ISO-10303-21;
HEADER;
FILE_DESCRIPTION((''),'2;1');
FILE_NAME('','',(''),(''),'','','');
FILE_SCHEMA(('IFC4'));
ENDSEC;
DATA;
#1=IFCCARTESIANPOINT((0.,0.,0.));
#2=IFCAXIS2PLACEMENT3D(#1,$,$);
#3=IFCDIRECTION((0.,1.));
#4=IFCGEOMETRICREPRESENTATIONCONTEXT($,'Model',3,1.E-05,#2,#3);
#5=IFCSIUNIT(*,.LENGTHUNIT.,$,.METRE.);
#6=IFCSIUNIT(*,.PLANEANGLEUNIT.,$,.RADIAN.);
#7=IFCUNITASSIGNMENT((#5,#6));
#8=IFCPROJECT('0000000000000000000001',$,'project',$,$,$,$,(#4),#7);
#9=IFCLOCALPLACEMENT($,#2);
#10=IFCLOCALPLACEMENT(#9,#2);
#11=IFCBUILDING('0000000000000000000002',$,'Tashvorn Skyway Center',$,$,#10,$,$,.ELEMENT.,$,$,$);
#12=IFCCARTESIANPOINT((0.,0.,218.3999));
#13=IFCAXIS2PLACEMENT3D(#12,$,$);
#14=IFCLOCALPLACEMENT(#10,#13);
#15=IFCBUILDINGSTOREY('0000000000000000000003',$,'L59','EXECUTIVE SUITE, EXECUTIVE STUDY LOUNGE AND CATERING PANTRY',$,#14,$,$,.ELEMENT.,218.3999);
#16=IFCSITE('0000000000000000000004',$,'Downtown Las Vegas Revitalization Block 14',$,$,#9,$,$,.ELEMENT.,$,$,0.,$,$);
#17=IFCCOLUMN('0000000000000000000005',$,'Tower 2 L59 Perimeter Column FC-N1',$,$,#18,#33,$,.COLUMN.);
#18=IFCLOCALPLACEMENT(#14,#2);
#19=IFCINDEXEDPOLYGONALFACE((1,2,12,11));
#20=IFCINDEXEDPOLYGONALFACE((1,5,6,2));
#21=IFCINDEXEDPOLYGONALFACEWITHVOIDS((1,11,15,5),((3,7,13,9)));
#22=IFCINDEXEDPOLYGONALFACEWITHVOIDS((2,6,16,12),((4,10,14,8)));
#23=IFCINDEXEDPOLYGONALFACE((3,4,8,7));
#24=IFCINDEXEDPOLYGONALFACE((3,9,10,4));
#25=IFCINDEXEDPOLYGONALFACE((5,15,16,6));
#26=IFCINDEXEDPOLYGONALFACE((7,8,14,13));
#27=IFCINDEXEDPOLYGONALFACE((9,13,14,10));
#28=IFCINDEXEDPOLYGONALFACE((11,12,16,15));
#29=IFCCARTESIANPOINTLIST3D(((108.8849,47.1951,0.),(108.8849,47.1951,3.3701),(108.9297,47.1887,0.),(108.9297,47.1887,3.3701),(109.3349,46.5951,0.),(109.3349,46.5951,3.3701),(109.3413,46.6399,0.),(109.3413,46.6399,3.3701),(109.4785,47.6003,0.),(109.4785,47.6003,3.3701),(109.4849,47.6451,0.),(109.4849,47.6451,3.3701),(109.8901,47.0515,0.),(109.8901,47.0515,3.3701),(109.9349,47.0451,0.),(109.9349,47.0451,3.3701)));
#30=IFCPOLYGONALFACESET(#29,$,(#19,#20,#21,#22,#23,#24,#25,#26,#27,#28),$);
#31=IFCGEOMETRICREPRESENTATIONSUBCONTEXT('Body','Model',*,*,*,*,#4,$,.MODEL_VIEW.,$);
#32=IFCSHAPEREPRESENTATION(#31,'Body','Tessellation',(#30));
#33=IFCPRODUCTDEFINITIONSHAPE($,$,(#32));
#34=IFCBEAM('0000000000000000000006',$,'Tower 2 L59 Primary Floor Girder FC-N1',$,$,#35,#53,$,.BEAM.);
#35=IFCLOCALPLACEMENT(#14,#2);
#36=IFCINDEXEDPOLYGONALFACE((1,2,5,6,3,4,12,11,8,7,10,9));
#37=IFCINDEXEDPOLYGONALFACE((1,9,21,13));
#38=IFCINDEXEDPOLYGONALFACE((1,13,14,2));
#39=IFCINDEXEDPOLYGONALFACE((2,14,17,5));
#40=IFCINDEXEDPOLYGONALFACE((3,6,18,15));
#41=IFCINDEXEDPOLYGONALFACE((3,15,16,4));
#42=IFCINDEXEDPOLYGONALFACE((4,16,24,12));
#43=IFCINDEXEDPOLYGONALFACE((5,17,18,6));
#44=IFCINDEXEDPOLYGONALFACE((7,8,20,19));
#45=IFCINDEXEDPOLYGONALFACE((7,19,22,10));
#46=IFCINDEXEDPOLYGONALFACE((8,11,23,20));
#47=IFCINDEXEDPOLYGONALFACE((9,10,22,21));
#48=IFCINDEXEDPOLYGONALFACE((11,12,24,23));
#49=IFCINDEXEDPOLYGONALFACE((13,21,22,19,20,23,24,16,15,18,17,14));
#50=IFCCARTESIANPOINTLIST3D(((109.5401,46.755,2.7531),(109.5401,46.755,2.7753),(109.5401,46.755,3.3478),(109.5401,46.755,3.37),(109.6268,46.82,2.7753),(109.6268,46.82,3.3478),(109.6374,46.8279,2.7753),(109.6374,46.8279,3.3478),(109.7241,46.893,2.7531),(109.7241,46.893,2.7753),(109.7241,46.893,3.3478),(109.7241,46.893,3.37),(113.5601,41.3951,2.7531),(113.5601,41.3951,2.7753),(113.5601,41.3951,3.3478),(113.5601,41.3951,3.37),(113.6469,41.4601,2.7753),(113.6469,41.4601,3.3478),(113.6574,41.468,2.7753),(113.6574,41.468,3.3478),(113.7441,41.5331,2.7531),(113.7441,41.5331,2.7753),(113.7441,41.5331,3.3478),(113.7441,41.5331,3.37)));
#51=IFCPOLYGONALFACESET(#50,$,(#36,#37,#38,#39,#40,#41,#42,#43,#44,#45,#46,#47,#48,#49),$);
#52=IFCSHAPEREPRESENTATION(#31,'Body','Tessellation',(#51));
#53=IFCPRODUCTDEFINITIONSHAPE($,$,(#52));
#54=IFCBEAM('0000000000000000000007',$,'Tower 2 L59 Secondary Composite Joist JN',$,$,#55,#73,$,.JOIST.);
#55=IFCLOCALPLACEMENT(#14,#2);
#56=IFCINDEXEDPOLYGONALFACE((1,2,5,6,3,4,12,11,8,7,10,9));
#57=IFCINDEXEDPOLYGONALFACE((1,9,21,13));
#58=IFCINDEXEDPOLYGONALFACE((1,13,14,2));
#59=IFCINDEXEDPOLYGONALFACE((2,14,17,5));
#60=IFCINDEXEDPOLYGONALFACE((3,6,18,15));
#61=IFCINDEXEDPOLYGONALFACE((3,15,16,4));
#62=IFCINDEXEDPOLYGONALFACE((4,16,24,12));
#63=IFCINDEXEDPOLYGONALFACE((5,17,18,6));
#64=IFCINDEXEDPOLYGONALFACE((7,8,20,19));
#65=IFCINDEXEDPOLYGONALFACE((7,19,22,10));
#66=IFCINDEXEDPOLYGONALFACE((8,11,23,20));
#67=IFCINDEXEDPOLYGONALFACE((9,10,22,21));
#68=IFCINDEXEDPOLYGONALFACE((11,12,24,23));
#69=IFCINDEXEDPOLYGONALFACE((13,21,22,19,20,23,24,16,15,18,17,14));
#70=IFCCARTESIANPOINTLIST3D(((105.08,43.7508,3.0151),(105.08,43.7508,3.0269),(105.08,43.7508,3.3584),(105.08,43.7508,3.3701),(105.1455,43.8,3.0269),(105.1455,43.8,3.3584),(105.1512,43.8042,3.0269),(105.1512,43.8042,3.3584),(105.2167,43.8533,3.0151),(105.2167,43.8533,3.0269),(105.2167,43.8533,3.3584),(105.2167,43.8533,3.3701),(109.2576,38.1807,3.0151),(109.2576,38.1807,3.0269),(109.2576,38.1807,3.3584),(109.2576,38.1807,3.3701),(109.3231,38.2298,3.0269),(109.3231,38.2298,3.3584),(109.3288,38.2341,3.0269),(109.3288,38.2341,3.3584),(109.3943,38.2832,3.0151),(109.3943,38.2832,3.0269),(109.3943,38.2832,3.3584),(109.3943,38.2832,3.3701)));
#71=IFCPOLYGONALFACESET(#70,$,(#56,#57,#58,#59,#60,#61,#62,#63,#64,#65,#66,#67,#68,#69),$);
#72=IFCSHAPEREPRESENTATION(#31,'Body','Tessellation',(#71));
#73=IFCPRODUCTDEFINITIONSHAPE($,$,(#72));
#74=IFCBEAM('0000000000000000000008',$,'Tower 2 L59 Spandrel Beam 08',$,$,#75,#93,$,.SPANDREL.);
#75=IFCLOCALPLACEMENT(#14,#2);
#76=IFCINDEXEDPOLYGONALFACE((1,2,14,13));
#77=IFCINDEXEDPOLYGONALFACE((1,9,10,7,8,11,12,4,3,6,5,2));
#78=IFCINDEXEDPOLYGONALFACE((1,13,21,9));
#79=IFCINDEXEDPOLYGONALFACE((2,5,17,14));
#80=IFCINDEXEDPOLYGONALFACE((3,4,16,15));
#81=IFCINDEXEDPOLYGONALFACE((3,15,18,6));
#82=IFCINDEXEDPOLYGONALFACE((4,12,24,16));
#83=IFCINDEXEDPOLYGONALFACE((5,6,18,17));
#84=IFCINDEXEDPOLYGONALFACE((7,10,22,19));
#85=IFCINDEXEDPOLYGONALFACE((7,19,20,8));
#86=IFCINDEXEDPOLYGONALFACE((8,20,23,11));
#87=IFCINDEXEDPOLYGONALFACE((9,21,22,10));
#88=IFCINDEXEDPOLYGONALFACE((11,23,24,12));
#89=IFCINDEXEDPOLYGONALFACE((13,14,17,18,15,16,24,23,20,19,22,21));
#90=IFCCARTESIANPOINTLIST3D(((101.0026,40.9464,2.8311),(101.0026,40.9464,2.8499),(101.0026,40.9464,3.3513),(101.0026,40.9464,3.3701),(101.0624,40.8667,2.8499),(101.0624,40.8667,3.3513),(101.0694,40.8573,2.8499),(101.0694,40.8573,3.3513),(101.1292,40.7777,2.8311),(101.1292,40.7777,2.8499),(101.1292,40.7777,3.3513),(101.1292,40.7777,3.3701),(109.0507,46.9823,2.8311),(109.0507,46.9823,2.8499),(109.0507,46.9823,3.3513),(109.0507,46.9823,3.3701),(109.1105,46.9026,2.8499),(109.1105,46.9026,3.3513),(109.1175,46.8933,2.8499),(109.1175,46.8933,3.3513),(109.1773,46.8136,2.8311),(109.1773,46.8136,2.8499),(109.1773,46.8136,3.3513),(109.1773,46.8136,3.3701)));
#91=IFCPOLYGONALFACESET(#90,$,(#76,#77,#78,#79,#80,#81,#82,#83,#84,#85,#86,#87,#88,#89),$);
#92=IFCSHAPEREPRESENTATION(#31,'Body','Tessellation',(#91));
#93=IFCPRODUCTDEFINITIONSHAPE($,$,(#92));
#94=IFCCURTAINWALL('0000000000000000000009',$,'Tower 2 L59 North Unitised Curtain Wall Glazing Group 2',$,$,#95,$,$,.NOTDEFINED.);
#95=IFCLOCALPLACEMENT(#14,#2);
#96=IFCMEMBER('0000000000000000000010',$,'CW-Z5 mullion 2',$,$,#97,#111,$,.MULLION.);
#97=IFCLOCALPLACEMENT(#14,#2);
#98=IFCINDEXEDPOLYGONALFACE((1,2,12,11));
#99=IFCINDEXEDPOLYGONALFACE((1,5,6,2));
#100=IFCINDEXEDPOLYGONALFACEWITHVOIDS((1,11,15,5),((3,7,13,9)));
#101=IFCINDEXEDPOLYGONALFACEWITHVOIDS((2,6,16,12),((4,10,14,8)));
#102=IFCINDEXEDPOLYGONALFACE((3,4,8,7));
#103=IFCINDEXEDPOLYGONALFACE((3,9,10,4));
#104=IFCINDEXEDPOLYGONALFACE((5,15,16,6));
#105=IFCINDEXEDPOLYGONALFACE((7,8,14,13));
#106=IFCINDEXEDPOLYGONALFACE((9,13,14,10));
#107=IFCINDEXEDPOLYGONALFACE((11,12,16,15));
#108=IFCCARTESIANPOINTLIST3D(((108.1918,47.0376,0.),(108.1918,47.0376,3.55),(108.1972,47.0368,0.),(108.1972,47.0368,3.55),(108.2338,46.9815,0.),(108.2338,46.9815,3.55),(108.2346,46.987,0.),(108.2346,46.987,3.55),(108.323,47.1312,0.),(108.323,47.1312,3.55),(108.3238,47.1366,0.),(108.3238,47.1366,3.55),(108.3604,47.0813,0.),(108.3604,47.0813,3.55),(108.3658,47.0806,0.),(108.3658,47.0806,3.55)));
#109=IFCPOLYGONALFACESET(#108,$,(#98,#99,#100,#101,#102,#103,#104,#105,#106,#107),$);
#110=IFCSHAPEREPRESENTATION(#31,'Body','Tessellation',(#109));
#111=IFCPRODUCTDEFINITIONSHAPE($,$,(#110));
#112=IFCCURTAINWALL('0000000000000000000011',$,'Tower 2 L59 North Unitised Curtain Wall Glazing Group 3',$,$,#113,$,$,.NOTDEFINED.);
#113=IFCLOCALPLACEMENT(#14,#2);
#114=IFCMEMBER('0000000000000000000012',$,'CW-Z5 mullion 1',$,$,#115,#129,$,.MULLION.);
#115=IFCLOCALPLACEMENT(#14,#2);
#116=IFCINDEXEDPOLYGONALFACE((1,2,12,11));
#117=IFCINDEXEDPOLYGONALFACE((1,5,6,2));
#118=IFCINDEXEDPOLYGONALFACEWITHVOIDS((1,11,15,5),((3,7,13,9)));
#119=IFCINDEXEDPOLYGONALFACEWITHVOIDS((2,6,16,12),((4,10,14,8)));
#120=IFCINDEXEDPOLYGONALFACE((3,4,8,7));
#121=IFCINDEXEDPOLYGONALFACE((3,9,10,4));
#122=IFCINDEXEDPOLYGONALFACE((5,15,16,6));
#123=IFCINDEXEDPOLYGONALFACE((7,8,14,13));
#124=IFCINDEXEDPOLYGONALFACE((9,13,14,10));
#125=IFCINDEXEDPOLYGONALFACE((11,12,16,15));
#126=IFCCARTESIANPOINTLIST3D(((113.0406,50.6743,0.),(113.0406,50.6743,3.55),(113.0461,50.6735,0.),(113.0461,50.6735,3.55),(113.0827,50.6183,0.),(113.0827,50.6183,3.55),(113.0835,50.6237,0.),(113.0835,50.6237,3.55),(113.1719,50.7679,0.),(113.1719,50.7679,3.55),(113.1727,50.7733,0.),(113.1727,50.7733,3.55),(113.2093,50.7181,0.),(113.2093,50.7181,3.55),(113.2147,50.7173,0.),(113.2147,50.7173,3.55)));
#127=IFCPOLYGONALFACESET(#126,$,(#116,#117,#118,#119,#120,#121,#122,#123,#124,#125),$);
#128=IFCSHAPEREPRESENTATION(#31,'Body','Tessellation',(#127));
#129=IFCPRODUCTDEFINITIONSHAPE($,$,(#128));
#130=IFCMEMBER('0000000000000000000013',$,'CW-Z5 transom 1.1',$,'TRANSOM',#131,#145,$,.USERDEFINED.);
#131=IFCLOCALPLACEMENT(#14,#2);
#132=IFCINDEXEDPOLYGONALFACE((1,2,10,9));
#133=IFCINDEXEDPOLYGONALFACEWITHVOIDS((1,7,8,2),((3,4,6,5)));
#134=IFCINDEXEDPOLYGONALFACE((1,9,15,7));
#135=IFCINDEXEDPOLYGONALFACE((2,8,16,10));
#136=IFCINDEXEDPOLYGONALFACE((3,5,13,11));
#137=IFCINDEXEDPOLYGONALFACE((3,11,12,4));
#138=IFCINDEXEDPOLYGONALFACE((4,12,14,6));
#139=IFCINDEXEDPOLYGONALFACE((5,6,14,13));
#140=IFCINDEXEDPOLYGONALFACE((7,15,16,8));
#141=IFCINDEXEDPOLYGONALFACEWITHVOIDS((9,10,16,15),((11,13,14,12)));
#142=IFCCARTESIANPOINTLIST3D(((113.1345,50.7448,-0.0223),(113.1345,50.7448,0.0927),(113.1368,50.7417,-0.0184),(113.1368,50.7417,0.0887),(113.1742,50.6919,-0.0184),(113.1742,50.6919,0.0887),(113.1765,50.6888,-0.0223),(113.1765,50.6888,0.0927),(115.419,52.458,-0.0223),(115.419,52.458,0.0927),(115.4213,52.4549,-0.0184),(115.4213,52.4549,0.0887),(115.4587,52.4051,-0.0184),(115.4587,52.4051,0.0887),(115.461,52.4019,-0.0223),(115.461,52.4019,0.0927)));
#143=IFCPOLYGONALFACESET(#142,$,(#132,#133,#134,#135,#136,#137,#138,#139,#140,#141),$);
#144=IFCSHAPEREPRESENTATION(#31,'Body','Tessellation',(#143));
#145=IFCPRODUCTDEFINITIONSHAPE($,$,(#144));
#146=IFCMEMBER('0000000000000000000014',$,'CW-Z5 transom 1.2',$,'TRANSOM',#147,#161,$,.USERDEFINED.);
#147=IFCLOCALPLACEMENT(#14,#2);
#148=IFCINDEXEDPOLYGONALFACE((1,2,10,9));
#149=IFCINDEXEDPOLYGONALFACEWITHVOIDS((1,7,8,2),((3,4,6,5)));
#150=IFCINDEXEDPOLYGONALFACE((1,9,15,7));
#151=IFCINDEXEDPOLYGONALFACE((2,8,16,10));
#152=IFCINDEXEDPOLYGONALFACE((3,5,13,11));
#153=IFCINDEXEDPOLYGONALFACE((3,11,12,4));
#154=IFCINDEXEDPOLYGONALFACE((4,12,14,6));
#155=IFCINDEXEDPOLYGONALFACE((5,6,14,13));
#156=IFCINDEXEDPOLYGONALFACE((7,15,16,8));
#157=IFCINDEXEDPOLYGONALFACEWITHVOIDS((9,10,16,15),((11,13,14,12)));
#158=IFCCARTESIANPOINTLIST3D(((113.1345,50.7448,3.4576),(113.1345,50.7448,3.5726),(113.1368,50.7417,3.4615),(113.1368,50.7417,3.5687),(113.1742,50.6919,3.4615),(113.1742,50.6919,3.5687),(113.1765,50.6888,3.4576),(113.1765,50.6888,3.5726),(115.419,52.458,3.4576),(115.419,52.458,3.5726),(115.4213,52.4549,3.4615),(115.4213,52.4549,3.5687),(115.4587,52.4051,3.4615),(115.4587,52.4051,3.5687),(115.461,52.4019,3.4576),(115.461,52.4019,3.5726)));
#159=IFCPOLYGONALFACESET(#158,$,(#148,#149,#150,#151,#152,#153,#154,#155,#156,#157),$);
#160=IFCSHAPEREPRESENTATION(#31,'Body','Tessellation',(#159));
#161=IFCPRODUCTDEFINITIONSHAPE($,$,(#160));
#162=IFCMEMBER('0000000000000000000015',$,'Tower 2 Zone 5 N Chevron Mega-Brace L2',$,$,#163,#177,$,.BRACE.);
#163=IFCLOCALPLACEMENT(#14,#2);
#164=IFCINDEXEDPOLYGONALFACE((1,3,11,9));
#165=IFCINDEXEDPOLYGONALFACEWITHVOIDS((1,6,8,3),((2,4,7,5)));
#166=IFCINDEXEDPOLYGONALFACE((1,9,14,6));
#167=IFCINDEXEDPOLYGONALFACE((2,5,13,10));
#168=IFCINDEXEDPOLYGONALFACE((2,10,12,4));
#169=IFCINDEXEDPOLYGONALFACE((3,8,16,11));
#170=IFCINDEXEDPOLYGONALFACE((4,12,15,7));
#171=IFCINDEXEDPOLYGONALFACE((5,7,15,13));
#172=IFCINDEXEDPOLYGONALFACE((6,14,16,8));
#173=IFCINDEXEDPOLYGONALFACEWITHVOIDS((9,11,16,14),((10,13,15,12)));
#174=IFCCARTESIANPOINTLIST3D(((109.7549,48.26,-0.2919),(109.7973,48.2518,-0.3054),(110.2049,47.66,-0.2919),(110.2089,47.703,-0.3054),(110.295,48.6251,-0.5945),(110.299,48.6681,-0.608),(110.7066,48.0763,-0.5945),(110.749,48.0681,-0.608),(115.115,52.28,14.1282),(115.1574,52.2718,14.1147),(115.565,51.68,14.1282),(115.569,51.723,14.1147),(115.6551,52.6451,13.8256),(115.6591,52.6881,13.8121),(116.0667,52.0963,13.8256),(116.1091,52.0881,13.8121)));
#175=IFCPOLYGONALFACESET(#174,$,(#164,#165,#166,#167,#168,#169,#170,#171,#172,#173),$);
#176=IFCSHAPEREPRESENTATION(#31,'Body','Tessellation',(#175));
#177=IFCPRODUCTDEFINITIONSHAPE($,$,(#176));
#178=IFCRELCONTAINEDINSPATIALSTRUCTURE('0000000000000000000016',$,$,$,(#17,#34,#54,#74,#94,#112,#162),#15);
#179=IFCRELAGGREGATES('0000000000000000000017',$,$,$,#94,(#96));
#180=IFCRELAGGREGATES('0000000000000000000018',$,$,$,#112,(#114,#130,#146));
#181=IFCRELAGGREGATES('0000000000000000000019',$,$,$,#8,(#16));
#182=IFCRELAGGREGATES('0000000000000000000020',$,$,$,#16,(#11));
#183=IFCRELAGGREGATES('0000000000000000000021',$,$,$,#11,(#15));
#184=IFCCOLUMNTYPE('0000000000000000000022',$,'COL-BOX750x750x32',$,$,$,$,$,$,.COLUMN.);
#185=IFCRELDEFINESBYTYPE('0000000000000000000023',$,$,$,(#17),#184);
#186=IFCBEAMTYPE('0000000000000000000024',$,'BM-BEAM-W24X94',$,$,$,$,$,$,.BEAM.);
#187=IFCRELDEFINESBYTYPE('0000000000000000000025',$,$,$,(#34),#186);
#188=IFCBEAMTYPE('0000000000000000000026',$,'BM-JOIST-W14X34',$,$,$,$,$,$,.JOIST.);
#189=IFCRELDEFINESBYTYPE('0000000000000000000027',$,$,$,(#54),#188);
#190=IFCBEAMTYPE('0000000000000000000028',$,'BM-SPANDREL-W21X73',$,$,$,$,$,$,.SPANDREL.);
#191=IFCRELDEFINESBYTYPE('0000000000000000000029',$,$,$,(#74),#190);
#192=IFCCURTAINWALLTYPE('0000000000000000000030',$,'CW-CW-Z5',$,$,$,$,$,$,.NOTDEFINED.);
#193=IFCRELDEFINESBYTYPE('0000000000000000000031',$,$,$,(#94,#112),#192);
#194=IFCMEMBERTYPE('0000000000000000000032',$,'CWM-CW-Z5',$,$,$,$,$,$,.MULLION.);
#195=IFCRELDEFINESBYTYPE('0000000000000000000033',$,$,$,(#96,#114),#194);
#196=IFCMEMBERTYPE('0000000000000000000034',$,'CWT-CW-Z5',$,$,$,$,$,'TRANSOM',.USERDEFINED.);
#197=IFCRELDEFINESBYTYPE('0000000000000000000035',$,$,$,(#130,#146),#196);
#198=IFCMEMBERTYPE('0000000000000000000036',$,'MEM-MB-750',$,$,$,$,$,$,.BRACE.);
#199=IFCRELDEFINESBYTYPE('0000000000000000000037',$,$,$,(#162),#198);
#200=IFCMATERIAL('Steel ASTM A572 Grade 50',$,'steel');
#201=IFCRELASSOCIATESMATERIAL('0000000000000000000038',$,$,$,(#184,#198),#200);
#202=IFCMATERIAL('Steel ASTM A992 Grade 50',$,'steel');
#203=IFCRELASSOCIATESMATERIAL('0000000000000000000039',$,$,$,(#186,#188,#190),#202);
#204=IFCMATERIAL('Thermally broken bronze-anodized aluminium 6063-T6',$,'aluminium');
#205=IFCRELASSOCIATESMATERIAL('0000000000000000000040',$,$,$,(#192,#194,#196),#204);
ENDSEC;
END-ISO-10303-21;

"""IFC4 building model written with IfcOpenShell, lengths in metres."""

from ifc_helpers import new_model, si_unit, direction, frame, origin, origin_2d, place, context, subcontext, project, spatial, hollow_rectangle, i_section, extrude, material, material_profile, profile_set, type_object, element, aggregate, save


model = new_model("IFC4")

# Units and contexts
model_context = context("Model", 3, precision=1e-05, world=origin(), true_north=direction((0.0, 1.0)))
body_context = subcontext(model_context, "Body", "Model", "MODEL_VIEW")
ifc_project = project(units=[si_unit("LENGTHUNIT", "METRE"), si_unit("PLANEANGLEUNIT", "RADIAN")], contexts=[model_context])

# Site, building, storey
site_placement = place(None, origin())
site = spatial("IfcSite", under=ifc_project, at=site_placement, Name="Downtown Las Vegas Revitalization Block 14", CompositionType="ELEMENT", RefElevation=0.0)
building_placement = place(site_placement, origin())
building = spatial("IfcBuilding", under=site, at=building_placement, Name="Tashvorn Skyway Center", CompositionType="ELEMENT")
storey_placement = place(building_placement, frame((0.0, 0.0, 218.3999)))
storey = spatial("IfcBuildingStorey", under=building, at=storey_placement, Name="L59", Description="EXECUTIVE SUITE, EXECUTIVE STUDY LOUNGE AND CATERING PANTRY", CompositionType="ELEMENT", Elevation=218.3999)

# Column
ifc_material_1 = material(Name="Steel ASTM A572 Grade 50", Category="steel")
ifc_material_profile_1 = material_profile(ifc_material_1, hollow_rectangle(XDim=0.75, YDim=0.75, WallThickness=0.032, at=origin_2d()), Name="BOX750x750x32")
ifc_profile_set_1 = profile_set([ifc_material_profile_1], Name="Steel ASTM A572 Grade 50")
column_type = type_object("IfcColumnType", Name="COL-BOX750x750x32", PredefinedType="COLUMN", material=ifc_profile_set_1)
column_placement = place(storey_placement, frame((109.4099, 47.1201, 0.0), z_axis=(0.0, 0.0, 1.0), x_axis=(0.8, 0.6, 0.0)))
element("IfcColumn", 1, at=column_placement, inside=storey, type_object=column_type, Name="Tower 2 L59 Perimeter Column FC-N1", PredefinedType="COLUMN", context=body_context, shape_type="SweptSolid", body=[
    extrude(hollow_rectangle(XDim=0.75, YDim=0.75, WallThickness=0.032, at=origin_2d()), origin(), (0.0, 0.0, 1.0), 3.3701),
])

# Beams
ifc_material_2 = material(Name="Steel ASTM A992 Grade 50", Category="steel")
ifc_material_profile_2 = material_profile(ifc_material_2, i_section(OverallWidth=0.23, OverallDepth=0.6169, WebThickness=0.0132, FlangeThickness=0.0222, at=origin_2d()), Name="W24X94")
ifc_profile_set_2 = profile_set([ifc_material_profile_2], Name="Steel ASTM A992 Grade 50")
beam_type_1 = type_object("IfcBeamType", Name="BM-BEAM-W24X94", PredefinedType="BEAM", material=ifc_profile_set_2)
beam_1_placement = place(storey_placement, frame((109.6321, 46.824, 3.0615), z_axis=(0.600012, -0.799991, 0.0), x_axis=(0.799991, 0.600012, 0.0)))
element("IfcBeam", 2, at=beam_1_placement, inside=storey, type_object=beam_type_1, Name="Tower 2 L59 Primary Floor Girder FC-N1", PredefinedType="BEAM", context=body_context, shape_type="SweptSolid", body=[
    extrude(i_section(OverallWidth=0.23, OverallDepth=0.6169, WebThickness=0.0132, FlangeThickness=0.0222, at=origin_2d()), origin(), (0.0, 0.0, 1.0), 6.7),
])
ifc_material_profile_3 = material_profile(ifc_material_2, i_section(OverallWidth=0.1709, OverallDepth=0.355, WebThickness=0.0071, FlangeThickness=0.0117, at=origin_2d()), Name="W14X34")
ifc_profile_set_3 = profile_set([ifc_material_profile_3], Name="Steel ASTM A992 Grade 50")
beam_type_2 = type_object("IfcBeamType", Name="BM-JOIST-W14X34", PredefinedType="JOIST", material=ifc_profile_set_3)
beam_2_placement = place(storey_placement, frame((109.3259, 38.2319, 3.1926), z_axis=(-0.599994, 0.800004, 0.0), x_axis=(-0.800004, -0.599994, 0.0)))
element("IfcBeam", 3, at=beam_2_placement, inside=storey, type_object=beam_type_2, Name="Tower 2 L59 Secondary Composite Joist JN", PredefinedType="JOIST", context=body_context, shape_type="SweptSolid", body=[
    extrude(i_section(OverallWidth=0.1709, OverallDepth=0.355, WebThickness=0.0071, FlangeThickness=0.0117, at=origin_2d()), origin(), (0.0, 0.0, 1.0), 6.9626),
])
ifc_material_profile_4 = material_profile(ifc_material_2, i_section(OverallWidth=0.2109, OverallDepth=0.5391, WebThickness=0.0117, FlangeThickness=0.0188, at=origin_2d()), Name="W21X73")
ifc_profile_set_4 = profile_set([ifc_material_profile_4], Name="Steel ASTM A992 Grade 50")
beam_type_3 = type_object("IfcBeamType", Name="BM-SPANDREL-W21X73", PredefinedType="SPANDREL", material=ifc_profile_set_4)
beam_3_placement = place(storey_placement, frame((109.114, 46.8979, 3.1006), z_axis=(-0.800009, -0.599988, 0.0), x_axis=(0.599988, -0.800009, 0.0)))
element("IfcBeam", 4, at=beam_3_placement, inside=storey, type_object=beam_type_3, Name="Tower 2 L59 Spandrel Beam 08", PredefinedType="SPANDREL", context=body_context, shape_type="SweptSolid", body=[
    extrude(i_section(OverallWidth=0.2109, OverallDepth=0.5391, WebThickness=0.0117, FlangeThickness=0.0188, at=origin_2d()), origin(), (0.0, 0.0, 1.0), 10.0601),
])

# Curtain wall, member
ifc_material_3 = material(Name="Thermally broken bronze-anodized aluminium 6063-T6", Category="aluminium")
curtain_wall_type = type_object("IfcCurtainWallType", Name="CW-CW-Z5", PredefinedType="NOTDEFINED", material=ifc_material_3)
curtain_wall_1_placement = place(storey_placement, origin())
curtain_wall_1 = element("IfcCurtainWall", 5, at=curtain_wall_1_placement, inside=storey, type_object=curtain_wall_type, Name="Tower 2 L59 North Unitised Curtain Wall Glazing Group 2", PredefinedType="NOTDEFINED")
ifc_material_profile_5 = material_profile(ifc_material_3, hollow_rectangle(XDim=0.0701, YDim=0.165, WallThickness=0.0039, at=origin_2d()), Name="ALU-MULL-70x165")
ifc_profile_set_5 = profile_set([ifc_material_profile_5], Name="Thermally broken bronze-anodized aluminium 6063-T6")
member_type_1 = type_object("IfcMemberType", Name="CWM-CW-Z5", PredefinedType="MULLION", material=ifc_profile_set_5)
member_1_placement = place(storey_placement, frame((108.2788, 47.0591, 0.0), z_axis=(0.0, 0.0, 1.0), x_axis=(-0.599996, 0.800003, 0.0)))
member_1 = element("IfcMember", 6, at=member_1_placement, type_object=member_type_1, Name="CW-Z5 mullion 2", PredefinedType="MULLION", context=body_context, shape_type="SweptSolid", body=[
    extrude(hollow_rectangle(XDim=0.0701, YDim=0.165, WallThickness=0.0039, at=origin_2d()), origin(), (0.0, 0.0, 1.0), 3.55),
])
aggregate(curtain_wall_1, [member_1])

# Curtain wall, members
curtain_wall_2_placement = place(storey_placement, origin())
curtain_wall_2 = element("IfcCurtainWall", 7, at=curtain_wall_2_placement, inside=storey, type_object=curtain_wall_type, Name="Tower 2 L59 North Unitised Curtain Wall Glazing Group 3", PredefinedType="NOTDEFINED")
member_2_placement = place(storey_placement, frame((113.1277, 50.6958, 0.0), z_axis=(0.0, 0.0, 1.0), x_axis=(-0.6, 0.8, 0.0)))
member_2 = element("IfcMember", 8, at=member_2_placement, type_object=member_type_1, Name="CW-Z5 mullion 1", PredefinedType="MULLION", context=body_context, shape_type="SweptSolid", body=[
    extrude(hollow_rectangle(XDim=0.0701, YDim=0.165, WallThickness=0.0039, at=origin_2d()), origin(), (0.0, 0.0, 1.0), 3.55),
])
ifc_material_profile_6 = material_profile(ifc_material_3, hollow_rectangle(XDim=0.0701, YDim=0.115, WallThickness=0.0039, at=origin_2d()), Name="ALU-TRAN-70x115")
ifc_profile_set_6 = profile_set([ifc_material_profile_6], Name="Thermally broken bronze-anodized aluminium 6063-T6")
member_type_2 = type_object("IfcMemberType", Name="CWT-CW-Z5", ElementType="TRANSOM", PredefinedType="USERDEFINED", material=ifc_profile_set_6)
member_3_placement = place(storey_placement, frame((113.1555, 50.7168, 0.0352), z_axis=(0.800031, 0.599959, 0.0), x_axis=(-0.599959, 0.800031, 0.0)))
member_3 = element("IfcMember", 9, at=member_3_placement, type_object=member_type_2, Name="CW-Z5 transom 1.1", ObjectType="TRANSOM", PredefinedType="USERDEFINED", context=body_context, shape_type="SweptSolid", body=[
    extrude(hollow_rectangle(XDim=0.0701, YDim=0.115, WallThickness=0.0039, at=origin_2d()), origin(), (0.0, 0.0, 1.0), 2.8555),
])
member_4_placement = place(storey_placement, frame((113.1555, 50.7168, 3.5151), z_axis=(0.800031, 0.599959, 0.0), x_axis=(-0.599959, 0.800031, 0.0)))
member_4 = element("IfcMember", 10, at=member_4_placement, type_object=member_type_2, Name="CW-Z5 transom 1.2", ObjectType="TRANSOM", PredefinedType="USERDEFINED", context=body_context, shape_type="SweptSolid", body=[
    extrude(hollow_rectangle(XDim=0.0701, YDim=0.115, WallThickness=0.0039, at=origin_2d()), origin(), (0.0, 0.0, 1.0), 2.8555),
])
aggregate(curtain_wall_2, [member_2, member_3, member_4])

# Member
ifc_material_profile_7 = material_profile(ifc_material_1, hollow_rectangle(XDim=0.75, YDim=0.75, WallThickness=0.032, at=origin_2d()), Name="BOX750x750x32")
ifc_profile_set_7 = profile_set([ifc_material_profile_7], Name="Steel ASTM A572 Grade 50")
member_type_3 = type_object("IfcMemberType", Name="MEM-MB-750", PredefinedType="BRACE", material=ifc_profile_set_7)
member_5_placement = place(storey_placement, frame((110.252, 48.1641, -0.45), z_axis=(0.337099, 0.25282, 0.906888), x_axis=(-0.599994, 0.800004, 0.0)))
element("IfcMember", 11, at=member_5_placement, inside=storey, type_object=member_type_3, Name="Tower 2 Zone 5 N Chevron Mega-Brace L2", PredefinedType="BRACE", context=body_context, shape_type="SweptSolid", body=[
    extrude(hollow_rectangle(XDim=0.75, YDim=0.75, WallThickness=0.032, at=origin_2d()), origin(), (0.0, 0.0, 1.0), 15.9006),
])

save(model, "model.ifc")
